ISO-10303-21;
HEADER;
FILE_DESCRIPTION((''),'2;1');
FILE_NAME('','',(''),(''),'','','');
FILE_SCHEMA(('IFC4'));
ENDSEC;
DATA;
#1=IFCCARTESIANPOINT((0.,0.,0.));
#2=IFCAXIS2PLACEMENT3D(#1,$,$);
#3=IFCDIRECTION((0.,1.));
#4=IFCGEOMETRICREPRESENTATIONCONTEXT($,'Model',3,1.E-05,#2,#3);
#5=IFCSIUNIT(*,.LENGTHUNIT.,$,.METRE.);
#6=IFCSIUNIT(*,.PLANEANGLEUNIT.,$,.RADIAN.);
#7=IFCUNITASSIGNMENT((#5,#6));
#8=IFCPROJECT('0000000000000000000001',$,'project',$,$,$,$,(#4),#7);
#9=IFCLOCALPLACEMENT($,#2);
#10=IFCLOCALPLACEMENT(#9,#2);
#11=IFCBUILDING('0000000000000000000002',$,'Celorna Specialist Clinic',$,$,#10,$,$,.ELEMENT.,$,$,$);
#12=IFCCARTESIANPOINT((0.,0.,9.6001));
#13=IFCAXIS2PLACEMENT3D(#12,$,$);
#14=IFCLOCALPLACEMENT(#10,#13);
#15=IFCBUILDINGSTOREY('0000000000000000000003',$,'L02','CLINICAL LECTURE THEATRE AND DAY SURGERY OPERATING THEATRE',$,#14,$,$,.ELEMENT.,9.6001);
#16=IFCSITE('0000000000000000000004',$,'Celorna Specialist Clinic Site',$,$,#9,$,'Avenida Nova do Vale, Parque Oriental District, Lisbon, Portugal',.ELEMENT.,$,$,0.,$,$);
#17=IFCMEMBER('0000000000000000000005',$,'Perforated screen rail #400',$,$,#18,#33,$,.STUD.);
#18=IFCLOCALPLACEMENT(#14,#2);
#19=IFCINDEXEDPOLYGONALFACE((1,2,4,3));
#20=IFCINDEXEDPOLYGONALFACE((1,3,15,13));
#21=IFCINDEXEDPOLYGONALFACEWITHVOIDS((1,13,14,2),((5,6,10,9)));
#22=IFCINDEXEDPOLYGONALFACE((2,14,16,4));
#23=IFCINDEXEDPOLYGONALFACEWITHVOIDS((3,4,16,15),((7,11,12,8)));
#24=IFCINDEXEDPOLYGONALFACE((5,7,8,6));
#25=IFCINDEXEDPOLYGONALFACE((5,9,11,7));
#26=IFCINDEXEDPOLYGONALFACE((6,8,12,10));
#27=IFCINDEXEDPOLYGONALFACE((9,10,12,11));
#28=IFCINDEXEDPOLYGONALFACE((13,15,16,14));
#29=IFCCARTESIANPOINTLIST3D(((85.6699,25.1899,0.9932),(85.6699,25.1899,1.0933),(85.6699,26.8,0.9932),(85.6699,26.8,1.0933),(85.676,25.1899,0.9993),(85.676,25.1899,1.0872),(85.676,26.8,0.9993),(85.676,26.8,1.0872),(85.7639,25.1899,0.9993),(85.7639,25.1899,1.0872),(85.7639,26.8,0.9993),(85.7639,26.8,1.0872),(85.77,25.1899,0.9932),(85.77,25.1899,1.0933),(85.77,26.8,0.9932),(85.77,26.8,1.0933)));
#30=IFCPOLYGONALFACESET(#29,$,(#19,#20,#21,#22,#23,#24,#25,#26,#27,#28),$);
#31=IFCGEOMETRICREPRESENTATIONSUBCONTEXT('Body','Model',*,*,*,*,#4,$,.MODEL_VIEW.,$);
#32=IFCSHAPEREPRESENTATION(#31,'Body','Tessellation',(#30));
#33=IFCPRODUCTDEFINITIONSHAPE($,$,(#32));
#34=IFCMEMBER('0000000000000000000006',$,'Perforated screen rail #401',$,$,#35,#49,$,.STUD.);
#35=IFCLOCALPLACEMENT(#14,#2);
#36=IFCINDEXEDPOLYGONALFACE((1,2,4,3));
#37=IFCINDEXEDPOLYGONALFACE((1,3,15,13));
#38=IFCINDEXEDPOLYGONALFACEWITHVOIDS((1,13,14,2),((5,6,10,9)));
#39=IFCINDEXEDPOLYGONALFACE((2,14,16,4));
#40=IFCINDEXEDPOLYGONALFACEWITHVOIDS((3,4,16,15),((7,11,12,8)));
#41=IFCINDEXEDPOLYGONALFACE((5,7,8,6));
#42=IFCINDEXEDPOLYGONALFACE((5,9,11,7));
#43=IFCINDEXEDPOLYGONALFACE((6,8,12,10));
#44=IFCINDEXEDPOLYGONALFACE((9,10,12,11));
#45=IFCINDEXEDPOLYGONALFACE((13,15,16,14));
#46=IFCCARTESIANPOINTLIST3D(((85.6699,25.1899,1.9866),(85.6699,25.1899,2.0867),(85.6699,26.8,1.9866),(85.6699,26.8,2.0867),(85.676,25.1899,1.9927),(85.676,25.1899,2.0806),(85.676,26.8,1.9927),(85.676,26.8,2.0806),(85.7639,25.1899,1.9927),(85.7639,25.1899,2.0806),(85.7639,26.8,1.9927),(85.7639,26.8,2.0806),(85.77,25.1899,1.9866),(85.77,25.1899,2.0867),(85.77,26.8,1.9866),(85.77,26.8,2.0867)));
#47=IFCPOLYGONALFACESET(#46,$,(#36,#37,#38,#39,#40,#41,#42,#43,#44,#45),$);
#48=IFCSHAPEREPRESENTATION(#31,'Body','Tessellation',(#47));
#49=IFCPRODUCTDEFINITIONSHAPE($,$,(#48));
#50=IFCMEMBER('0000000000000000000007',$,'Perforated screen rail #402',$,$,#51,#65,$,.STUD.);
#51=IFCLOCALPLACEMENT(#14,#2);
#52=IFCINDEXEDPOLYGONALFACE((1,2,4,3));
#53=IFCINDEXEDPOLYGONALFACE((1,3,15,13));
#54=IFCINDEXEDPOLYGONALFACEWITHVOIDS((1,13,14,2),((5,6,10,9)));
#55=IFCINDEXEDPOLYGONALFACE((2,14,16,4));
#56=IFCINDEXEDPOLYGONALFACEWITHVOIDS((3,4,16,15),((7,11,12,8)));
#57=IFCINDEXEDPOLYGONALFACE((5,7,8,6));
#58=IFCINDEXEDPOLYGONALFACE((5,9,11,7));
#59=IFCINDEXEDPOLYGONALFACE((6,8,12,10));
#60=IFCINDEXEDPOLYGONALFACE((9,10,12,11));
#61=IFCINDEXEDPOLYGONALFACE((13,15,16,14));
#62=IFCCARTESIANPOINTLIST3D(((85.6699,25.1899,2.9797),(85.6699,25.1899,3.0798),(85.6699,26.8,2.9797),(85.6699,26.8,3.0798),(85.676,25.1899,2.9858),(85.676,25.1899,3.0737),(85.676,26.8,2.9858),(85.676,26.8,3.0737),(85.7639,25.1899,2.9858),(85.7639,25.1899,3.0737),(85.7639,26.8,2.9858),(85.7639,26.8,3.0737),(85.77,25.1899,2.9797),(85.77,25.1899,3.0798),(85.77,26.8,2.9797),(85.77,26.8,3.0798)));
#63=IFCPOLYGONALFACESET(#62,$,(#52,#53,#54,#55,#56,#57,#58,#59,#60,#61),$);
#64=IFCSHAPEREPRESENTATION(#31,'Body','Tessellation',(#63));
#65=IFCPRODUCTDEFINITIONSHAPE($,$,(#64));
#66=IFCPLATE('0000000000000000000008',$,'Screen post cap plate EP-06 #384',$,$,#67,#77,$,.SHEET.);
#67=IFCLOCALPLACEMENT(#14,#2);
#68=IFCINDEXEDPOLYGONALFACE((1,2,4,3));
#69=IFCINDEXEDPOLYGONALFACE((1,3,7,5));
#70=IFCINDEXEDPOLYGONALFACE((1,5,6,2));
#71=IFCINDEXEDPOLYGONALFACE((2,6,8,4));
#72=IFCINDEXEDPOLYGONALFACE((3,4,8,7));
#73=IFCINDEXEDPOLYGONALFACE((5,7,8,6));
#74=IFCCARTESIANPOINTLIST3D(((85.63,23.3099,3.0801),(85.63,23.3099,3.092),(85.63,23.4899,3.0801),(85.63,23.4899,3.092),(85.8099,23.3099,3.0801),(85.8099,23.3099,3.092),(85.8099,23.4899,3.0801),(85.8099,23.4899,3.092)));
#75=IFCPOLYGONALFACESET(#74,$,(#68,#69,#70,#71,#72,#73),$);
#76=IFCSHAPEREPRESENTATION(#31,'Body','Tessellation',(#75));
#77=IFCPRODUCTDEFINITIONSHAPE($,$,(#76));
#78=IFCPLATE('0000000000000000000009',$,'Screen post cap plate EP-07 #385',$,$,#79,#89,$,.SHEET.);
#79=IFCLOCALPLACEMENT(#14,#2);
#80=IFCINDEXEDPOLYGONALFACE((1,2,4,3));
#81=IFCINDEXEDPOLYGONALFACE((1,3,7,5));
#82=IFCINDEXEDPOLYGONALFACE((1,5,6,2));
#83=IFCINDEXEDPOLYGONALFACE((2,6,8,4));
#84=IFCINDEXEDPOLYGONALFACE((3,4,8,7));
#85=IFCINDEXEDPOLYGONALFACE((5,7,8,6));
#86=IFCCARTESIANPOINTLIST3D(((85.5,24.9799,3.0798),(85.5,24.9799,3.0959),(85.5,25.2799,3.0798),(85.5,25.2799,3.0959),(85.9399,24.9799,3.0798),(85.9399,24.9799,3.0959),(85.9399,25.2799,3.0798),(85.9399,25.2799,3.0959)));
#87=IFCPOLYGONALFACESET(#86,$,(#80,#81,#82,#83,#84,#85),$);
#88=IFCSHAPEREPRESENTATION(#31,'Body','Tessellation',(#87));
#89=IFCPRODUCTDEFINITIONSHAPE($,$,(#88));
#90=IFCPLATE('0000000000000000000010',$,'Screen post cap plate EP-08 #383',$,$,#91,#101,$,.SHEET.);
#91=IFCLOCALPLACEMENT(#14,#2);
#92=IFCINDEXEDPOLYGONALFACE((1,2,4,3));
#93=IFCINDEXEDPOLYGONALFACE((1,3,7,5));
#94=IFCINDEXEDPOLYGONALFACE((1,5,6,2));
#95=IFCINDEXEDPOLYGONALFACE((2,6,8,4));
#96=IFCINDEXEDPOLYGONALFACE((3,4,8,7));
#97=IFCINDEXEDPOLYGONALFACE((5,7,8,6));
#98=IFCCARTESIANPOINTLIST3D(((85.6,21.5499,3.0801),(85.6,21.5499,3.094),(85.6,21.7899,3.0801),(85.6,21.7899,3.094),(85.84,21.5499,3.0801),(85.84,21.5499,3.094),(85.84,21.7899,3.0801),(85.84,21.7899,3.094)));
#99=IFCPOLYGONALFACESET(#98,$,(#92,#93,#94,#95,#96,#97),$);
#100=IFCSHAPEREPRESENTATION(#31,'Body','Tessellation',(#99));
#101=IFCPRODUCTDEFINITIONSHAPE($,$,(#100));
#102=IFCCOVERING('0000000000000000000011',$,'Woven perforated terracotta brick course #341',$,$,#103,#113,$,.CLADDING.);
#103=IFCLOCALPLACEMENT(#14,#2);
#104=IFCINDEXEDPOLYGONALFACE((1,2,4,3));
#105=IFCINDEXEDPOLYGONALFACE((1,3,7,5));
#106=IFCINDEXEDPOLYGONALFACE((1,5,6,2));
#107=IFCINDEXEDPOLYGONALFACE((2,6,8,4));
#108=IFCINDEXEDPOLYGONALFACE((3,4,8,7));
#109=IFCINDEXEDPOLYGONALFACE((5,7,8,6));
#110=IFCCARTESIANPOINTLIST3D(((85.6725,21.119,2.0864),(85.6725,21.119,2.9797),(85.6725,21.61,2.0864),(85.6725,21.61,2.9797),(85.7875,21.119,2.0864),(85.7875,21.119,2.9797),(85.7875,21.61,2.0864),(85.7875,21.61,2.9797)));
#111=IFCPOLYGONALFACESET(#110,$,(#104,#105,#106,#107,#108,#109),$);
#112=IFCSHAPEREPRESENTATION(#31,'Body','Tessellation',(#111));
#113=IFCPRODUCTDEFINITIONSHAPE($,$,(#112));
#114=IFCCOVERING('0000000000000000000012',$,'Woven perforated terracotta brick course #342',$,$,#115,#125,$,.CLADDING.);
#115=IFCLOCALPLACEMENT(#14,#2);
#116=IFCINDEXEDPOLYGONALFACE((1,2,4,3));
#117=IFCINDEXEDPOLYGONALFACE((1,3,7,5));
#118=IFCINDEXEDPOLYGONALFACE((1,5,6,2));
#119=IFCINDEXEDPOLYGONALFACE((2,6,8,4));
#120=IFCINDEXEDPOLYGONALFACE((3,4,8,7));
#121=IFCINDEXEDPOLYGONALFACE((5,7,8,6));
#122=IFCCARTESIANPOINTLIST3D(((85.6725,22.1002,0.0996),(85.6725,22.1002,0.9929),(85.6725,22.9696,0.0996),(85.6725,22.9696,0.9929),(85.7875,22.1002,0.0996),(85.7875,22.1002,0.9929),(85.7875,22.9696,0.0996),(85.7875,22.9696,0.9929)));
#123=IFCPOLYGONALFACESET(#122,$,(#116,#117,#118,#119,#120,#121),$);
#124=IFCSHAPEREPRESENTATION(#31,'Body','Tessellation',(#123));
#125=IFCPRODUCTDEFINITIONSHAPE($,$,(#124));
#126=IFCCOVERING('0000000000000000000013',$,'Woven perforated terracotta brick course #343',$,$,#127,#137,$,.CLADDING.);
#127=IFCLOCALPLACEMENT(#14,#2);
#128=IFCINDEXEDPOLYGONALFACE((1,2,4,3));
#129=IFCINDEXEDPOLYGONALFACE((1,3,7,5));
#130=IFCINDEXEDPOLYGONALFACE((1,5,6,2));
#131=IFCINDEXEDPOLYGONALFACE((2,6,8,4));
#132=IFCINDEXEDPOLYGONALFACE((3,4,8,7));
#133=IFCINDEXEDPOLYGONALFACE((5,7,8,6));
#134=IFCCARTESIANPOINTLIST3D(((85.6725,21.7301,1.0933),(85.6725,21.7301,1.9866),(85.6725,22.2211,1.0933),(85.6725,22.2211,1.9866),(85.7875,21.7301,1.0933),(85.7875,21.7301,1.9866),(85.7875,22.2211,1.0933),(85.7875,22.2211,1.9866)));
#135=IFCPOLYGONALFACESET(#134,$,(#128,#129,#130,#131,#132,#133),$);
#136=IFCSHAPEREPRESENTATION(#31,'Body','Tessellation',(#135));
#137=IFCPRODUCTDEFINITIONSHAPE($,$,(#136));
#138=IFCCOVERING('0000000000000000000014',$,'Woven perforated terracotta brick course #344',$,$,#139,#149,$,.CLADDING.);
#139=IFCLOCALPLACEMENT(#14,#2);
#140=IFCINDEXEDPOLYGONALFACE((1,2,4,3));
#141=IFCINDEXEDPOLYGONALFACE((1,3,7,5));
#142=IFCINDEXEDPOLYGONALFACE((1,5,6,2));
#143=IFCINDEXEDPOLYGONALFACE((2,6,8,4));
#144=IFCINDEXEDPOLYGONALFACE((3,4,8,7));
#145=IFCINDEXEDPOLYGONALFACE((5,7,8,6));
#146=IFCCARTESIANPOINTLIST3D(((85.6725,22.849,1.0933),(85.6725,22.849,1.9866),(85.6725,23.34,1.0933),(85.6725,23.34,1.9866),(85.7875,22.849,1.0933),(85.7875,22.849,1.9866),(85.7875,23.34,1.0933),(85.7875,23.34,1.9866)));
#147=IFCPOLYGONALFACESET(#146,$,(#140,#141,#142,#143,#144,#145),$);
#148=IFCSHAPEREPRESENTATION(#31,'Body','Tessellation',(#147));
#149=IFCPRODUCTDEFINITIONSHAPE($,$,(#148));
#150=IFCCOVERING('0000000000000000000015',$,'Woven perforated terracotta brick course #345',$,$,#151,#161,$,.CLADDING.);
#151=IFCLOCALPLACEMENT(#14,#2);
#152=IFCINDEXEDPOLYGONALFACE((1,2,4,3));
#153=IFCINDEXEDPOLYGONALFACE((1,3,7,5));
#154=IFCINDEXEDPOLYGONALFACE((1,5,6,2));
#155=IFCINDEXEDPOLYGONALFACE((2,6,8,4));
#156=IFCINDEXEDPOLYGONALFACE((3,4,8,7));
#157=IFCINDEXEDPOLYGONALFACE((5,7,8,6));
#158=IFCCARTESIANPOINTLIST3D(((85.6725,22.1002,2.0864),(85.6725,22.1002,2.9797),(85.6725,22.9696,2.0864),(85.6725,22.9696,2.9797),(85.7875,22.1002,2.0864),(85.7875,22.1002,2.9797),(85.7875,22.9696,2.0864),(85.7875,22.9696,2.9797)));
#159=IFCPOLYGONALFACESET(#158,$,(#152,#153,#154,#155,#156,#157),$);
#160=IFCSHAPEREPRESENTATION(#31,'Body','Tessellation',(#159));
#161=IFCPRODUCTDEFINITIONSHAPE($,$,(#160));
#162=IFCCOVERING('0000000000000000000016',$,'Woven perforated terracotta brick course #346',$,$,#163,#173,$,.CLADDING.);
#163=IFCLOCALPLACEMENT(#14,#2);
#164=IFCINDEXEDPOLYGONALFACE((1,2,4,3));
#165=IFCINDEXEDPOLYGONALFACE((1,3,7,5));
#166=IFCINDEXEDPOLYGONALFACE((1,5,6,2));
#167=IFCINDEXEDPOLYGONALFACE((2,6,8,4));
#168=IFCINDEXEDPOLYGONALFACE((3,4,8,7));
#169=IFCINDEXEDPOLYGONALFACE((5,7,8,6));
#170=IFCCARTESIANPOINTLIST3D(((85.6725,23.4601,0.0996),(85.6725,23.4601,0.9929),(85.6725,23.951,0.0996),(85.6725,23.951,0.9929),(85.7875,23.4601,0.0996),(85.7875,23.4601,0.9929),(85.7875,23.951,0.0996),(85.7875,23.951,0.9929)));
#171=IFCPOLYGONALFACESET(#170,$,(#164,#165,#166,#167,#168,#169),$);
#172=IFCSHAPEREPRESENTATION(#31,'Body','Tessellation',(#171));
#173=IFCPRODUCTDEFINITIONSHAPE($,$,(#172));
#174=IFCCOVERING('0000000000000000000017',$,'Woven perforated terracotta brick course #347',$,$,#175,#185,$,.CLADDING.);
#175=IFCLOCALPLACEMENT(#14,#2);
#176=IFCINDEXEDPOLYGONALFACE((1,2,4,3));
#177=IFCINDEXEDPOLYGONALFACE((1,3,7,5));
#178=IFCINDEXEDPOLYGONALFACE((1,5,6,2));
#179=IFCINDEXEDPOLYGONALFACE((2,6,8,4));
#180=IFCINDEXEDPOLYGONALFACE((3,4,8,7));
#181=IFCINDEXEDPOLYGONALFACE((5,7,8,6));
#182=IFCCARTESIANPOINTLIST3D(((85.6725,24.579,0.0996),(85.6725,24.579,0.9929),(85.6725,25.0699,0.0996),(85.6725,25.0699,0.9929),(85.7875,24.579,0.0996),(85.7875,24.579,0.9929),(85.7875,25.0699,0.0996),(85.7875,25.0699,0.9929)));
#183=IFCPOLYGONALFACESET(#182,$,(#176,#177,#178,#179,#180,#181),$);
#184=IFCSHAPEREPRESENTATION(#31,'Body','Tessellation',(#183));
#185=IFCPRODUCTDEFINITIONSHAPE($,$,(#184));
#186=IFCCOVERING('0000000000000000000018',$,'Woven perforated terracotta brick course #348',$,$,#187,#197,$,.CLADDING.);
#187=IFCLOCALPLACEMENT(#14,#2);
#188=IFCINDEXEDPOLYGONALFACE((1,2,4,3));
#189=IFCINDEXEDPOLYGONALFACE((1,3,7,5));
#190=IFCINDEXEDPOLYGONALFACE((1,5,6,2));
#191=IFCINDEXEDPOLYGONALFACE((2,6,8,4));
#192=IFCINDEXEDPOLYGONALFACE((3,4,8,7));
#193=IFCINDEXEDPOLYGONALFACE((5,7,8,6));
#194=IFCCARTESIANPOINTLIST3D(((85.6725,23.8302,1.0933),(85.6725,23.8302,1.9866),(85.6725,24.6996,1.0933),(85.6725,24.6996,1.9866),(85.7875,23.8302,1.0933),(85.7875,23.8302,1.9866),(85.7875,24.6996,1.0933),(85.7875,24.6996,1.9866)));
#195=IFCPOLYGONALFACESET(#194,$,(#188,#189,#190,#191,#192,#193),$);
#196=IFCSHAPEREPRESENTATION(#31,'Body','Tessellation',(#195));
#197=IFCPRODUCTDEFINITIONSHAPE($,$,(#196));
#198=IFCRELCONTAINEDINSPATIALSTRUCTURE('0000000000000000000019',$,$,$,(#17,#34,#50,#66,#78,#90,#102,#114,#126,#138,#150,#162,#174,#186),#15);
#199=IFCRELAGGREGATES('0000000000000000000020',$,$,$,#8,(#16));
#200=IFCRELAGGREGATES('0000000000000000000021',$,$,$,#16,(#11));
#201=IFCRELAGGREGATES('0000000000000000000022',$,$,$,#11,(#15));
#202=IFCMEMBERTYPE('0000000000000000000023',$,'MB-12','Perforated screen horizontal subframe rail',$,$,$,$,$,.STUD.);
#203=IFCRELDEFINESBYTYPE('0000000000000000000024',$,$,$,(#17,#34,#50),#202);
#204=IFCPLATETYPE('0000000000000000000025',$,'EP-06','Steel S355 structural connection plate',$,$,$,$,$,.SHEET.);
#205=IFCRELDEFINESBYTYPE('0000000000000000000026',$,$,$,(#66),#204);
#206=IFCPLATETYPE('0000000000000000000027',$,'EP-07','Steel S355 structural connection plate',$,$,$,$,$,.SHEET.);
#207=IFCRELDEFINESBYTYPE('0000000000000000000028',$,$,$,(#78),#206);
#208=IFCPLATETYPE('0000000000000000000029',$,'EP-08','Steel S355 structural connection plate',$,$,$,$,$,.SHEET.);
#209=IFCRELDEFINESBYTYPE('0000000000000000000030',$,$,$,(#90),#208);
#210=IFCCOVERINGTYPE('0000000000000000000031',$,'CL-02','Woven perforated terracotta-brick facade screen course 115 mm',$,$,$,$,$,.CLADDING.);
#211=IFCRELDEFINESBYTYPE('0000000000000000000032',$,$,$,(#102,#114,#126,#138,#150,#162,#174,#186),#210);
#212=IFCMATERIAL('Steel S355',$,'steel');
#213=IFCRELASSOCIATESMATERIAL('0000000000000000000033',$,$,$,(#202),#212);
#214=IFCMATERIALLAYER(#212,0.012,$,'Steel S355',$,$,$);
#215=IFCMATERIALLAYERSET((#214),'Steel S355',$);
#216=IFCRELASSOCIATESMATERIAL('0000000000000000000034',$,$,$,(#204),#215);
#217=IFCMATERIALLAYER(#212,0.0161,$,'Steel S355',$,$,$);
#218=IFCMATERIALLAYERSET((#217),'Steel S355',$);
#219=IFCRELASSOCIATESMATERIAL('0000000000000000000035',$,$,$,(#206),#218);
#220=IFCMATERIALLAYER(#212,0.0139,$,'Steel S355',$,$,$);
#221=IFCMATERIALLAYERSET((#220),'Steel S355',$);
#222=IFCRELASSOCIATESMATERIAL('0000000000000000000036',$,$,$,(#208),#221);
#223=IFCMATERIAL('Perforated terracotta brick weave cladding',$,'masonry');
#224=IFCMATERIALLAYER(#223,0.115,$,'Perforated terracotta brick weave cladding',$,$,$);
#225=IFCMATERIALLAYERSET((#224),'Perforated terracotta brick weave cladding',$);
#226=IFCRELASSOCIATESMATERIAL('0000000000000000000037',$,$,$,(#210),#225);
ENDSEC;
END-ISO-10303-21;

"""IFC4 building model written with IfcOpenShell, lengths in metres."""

from ifc_helpers import new_model, si_unit, direction, frame, origin, origin_2d, place, context, subcontext, project, spatial, rectangle, hollow_rectangle, extrude, material, layer, layer_set, material_profile, profile_set, type_object, element, save


model = new_model("IFC4")

# Units and contexts
model_context = context("Model", 3, precision=1e-05, world=origin(), true_north=direction((0.0, 1.0)))
body_context = subcontext(model_context, "Body", "Model", "MODEL_VIEW")
ifc_project = project(units=[si_unit("LENGTHUNIT", "METRE"), si_unit("PLANEANGLEUNIT", "RADIAN")], contexts=[model_context])

# Site, building, storey
site_placement = place(None, origin())
site = spatial("IfcSite", under=ifc_project, at=site_placement, Name="Celorna Specialist Clinic Site", LongName="Avenida Nova do Vale, Parque Oriental District, Lisbon, Portugal", CompositionType="ELEMENT", RefElevation=0.0)
building_placement = place(site_placement, origin())
building = spatial("IfcBuilding", under=site, at=building_placement, Name="Celorna Specialist Clinic", CompositionType="ELEMENT")
storey_placement = place(building_placement, frame((0.0, 0.0, 9.6001)))
storey = spatial("IfcBuildingStorey", under=building, at=storey_placement, Name="L02", Description="CLINICAL LECTURE THEATRE AND DAY SURGERY OPERATING THEATRE", CompositionType="ELEMENT", Elevation=9.6001)

# Members
ifc_material_1 = material(Name="Steel S355", Category="steel")
ifc_material_profile_1 = material_profile(ifc_material_1, hollow_rectangle(XDim=0.1001, YDim=0.1001, WallThickness=0.0061, at=origin_2d()), Name="SHS 100x100x6")
ifc_profile_set_1 = profile_set([ifc_material_profile_1], Name="Steel S355")
member_type_1 = type_object("IfcMemberType", Name="MB-12", Description="Perforated screen horizontal subframe rail", PredefinedType="STUD", material=ifc_profile_set_1)
for number, where, z_axis, x_axis, name in (
    (1, (85.72, 25.1899, 1.0432), (0.0, 1.0, 0.0), (-1.0, 0.0, 0.0), "Perforated screen rail #400"),
    (2, (85.72, 25.1899, 2.0366), (0.0, 1.0, 0.0), (-1.0, 0.0, 0.0), "Perforated screen rail #401"),
    (3, (85.72, 25.1899, 3.0298), (0.0, 1.0, 0.0), (-1.0, 0.0, 0.0), "Perforated screen rail #402"),
):
    element("IfcMember", number, at=place(storey_placement, frame(where, z_axis=z_axis, x_axis=x_axis)), inside=storey, type_object=member_type_1, Name=name, PredefinedType="STUD", context=body_context, shape_type="SweptSolid", body=[
        extrude(hollow_rectangle(XDim=0.1001, YDim=0.1001, WallThickness=0.0061, at=origin_2d()), origin(), (0.0, 0.0, 1.0), 1.6101),
    ])

# Plates
ifc_layer_1 = layer(ifc_material_1, 0.012, Name="Steel S355")
ifc_layer_set_1 = layer_set([ifc_layer_1], Name="Steel S355")
plate_type_1 = type_object("IfcPlateType", Name="EP-06", Description="Steel S355 structural connection plate", PredefinedType="SHEET", material=ifc_layer_set_1)
plate_1_placement = place(storey_placement, frame((85.72, 23.3999, 3.0801), z_axis=(0.0, 0.0, 1.0), x_axis=(0.0, 1.0, 0.0)))
element("IfcPlate", 4, at=plate_1_placement, inside=storey, type_object=plate_type_1, Name="Screen post cap plate EP-06 #384", PredefinedType="SHEET", context=body_context, shape_type="SweptSolid", body=[
    extrude(rectangle(XDim=0.1799, YDim=0.1799, at=origin_2d()), origin(), (0.0, 0.0, 1.0), 0.012),
])
ifc_layer_2 = layer(ifc_material_1, 0.0161, Name="Steel S355")
ifc_layer_set_2 = layer_set([ifc_layer_2], Name="Steel S355")
plate_type_2 = type_object("IfcPlateType", Name="EP-07", Description="Steel S355 structural connection plate", PredefinedType="SHEET", material=ifc_layer_set_2)
plate_2_placement = place(storey_placement, frame((85.72, 25.1299, 3.0798), z_axis=(0.0, 0.0, 1.0), x_axis=(0.0, 1.0, 0.0)))
element("IfcPlate", 5, at=plate_2_placement, inside=storey, type_object=plate_type_2, Name="Screen post cap plate EP-07 #385", PredefinedType="SHEET", context=body_context, shape_type="SweptSolid", body=[
    extrude(rectangle(XDim=0.3, YDim=0.4399, at=origin_2d()), origin(), (0.0, 0.0, 1.0), 0.0161),
])
ifc_layer_3 = layer(ifc_material_1, 0.0139, Name="Steel S355")
ifc_layer_set_3 = layer_set([ifc_layer_3], Name="Steel S355")
plate_type_3 = type_object("IfcPlateType", Name="EP-08", Description="Steel S355 structural connection plate", PredefinedType="SHEET", material=ifc_layer_set_3)
plate_3_placement = place(storey_placement, frame((85.72, 21.6699, 3.0801), z_axis=(0.0, 0.0, 1.0), x_axis=(0.0, 1.0, 0.0)))
element("IfcPlate", 6, at=plate_3_placement, inside=storey, type_object=plate_type_3, Name="Screen post cap plate EP-08 #383", PredefinedType="SHEET", context=body_context, shape_type="SweptSolid", body=[
    extrude(rectangle(XDim=0.24, YDim=0.24, at=origin_2d()), origin(), (0.0, 0.0, 1.0), 0.0139),
])

# Coverings
ifc_material_2 = material(Name="Perforated terracotta brick weave cladding", Category="masonry")
ifc_layer_4 = layer(ifc_material_2, 0.115, Name="Perforated terracotta brick weave cladding")
ifc_layer_set_4 = layer_set([ifc_layer_4], Name="Perforated terracotta brick weave cladding")
covering_type = type_object("IfcCoveringType", Name="CL-02", Description="Woven perforated terracotta-brick facade screen course 115 mm", PredefinedType="CLADDING", material=ifc_layer_set_4)
covering_1_placement = place(storey_placement, frame((85.73, 21.3645, 2.0864), z_axis=(0.0, 0.0, 1.0), x_axis=(0.0, 1.0, 0.0)))
element("IfcCovering", 7, at=covering_1_placement, inside=storey, type_object=covering_type, Name="Woven perforated terracotta brick course #341", PredefinedType="CLADDING", context=body_context, shape_type="SweptSolid", body=[
    extrude(rectangle(XDim=0.491, YDim=0.115, at=origin_2d()), origin(), (0.0, 0.0, 1.0), 0.8933),
])
covering_2_placement = place(storey_placement, frame((85.73, 22.5349, 0.0996), z_axis=(0.0, 0.0, 1.0), x_axis=(0.0, 1.0, 0.0)))
element("IfcCovering", 8, at=covering_2_placement, inside=storey, type_object=covering_type, Name="Woven perforated terracotta brick course #342", PredefinedType="CLADDING", context=body_context, shape_type="SweptSolid", body=[
    extrude(rectangle(XDim=0.8694, YDim=0.115, at=origin_2d()), origin(), (0.0, 0.0, 1.0), 0.8933),
])
for number, where, z_axis, x_axis, name in (
    (9, (85.73, 21.9756, 1.0933), (0.0, 0.0, 1.0), (0.0, 1.0, 0.0), "Woven perforated terracotta brick course #343"),
    (10, (85.73, 23.0945, 1.0933), (0.0, 0.0, 1.0), (0.0, 1.0, 0.0), "Woven perforated terracotta brick course #344"),
):
    element("IfcCovering", number, at=place(storey_placement, frame(where, z_axis=z_axis, x_axis=x_axis)), inside=storey, type_object=covering_type, Name=name, PredefinedType="CLADDING", context=body_context, shape_type="SweptSolid", body=[
        extrude(rectangle(XDim=0.491, YDim=0.115, at=origin_2d()), origin(), (0.0, 0.0, 1.0), 0.8933),
    ])
covering_3_placement = place(storey_placement, frame((85.73, 22.5349, 2.0864), z_axis=(0.0, 0.0, 1.0), x_axis=(0.0, 1.0, 0.0)))
element("IfcCovering", 11, at=covering_3_placement, inside=storey, type_object=covering_type, Name="Woven perforated terracotta brick course #345", PredefinedType="CLADDING", context=body_context, shape_type="SweptSolid", body=[
    extrude(rectangle(XDim=0.8694, YDim=0.115, at=origin_2d()), origin(), (0.0, 0.0, 1.0), 0.8933),
])
for number, where, z_axis, x_axis, name in (
    (12, (85.73, 23.7056, 0.0996), (0.0, 0.0, 1.0), (0.0, 1.0, 0.0), "Woven perforated terracotta brick course #346"),
    (13, (85.73, 24.8245, 0.0996), (0.0, 0.0, 1.0), (0.0, 1.0, 0.0), "Woven perforated terracotta brick course #347"),
):
    element("IfcCovering", number, at=place(storey_placement, frame(where, z_axis=z_axis, x_axis=x_axis)), inside=storey, type_object=covering_type, Name=name, PredefinedType="CLADDING", context=body_context, shape_type="SweptSolid", body=[
        extrude(rectangle(XDim=0.491, YDim=0.115, at=origin_2d()), origin(), (0.0, 0.0, 1.0), 0.8933),
    ])
covering_4_placement = place(storey_placement, frame((85.73, 24.2649, 1.0933), z_axis=(0.0, 0.0, 1.0), x_axis=(0.0, 1.0, 0.0)))
element("IfcCovering", 14, at=covering_4_placement, inside=storey, type_object=covering_type, Name="Woven perforated terracotta brick course #348", PredefinedType="CLADDING", context=body_context, shape_type="SweptSolid", body=[
    extrude(rectangle(XDim=0.8694, YDim=0.115, at=origin_2d()), origin(), (0.0, 0.0, 1.0), 0.8933),
])

save(model, "model.ifc")
